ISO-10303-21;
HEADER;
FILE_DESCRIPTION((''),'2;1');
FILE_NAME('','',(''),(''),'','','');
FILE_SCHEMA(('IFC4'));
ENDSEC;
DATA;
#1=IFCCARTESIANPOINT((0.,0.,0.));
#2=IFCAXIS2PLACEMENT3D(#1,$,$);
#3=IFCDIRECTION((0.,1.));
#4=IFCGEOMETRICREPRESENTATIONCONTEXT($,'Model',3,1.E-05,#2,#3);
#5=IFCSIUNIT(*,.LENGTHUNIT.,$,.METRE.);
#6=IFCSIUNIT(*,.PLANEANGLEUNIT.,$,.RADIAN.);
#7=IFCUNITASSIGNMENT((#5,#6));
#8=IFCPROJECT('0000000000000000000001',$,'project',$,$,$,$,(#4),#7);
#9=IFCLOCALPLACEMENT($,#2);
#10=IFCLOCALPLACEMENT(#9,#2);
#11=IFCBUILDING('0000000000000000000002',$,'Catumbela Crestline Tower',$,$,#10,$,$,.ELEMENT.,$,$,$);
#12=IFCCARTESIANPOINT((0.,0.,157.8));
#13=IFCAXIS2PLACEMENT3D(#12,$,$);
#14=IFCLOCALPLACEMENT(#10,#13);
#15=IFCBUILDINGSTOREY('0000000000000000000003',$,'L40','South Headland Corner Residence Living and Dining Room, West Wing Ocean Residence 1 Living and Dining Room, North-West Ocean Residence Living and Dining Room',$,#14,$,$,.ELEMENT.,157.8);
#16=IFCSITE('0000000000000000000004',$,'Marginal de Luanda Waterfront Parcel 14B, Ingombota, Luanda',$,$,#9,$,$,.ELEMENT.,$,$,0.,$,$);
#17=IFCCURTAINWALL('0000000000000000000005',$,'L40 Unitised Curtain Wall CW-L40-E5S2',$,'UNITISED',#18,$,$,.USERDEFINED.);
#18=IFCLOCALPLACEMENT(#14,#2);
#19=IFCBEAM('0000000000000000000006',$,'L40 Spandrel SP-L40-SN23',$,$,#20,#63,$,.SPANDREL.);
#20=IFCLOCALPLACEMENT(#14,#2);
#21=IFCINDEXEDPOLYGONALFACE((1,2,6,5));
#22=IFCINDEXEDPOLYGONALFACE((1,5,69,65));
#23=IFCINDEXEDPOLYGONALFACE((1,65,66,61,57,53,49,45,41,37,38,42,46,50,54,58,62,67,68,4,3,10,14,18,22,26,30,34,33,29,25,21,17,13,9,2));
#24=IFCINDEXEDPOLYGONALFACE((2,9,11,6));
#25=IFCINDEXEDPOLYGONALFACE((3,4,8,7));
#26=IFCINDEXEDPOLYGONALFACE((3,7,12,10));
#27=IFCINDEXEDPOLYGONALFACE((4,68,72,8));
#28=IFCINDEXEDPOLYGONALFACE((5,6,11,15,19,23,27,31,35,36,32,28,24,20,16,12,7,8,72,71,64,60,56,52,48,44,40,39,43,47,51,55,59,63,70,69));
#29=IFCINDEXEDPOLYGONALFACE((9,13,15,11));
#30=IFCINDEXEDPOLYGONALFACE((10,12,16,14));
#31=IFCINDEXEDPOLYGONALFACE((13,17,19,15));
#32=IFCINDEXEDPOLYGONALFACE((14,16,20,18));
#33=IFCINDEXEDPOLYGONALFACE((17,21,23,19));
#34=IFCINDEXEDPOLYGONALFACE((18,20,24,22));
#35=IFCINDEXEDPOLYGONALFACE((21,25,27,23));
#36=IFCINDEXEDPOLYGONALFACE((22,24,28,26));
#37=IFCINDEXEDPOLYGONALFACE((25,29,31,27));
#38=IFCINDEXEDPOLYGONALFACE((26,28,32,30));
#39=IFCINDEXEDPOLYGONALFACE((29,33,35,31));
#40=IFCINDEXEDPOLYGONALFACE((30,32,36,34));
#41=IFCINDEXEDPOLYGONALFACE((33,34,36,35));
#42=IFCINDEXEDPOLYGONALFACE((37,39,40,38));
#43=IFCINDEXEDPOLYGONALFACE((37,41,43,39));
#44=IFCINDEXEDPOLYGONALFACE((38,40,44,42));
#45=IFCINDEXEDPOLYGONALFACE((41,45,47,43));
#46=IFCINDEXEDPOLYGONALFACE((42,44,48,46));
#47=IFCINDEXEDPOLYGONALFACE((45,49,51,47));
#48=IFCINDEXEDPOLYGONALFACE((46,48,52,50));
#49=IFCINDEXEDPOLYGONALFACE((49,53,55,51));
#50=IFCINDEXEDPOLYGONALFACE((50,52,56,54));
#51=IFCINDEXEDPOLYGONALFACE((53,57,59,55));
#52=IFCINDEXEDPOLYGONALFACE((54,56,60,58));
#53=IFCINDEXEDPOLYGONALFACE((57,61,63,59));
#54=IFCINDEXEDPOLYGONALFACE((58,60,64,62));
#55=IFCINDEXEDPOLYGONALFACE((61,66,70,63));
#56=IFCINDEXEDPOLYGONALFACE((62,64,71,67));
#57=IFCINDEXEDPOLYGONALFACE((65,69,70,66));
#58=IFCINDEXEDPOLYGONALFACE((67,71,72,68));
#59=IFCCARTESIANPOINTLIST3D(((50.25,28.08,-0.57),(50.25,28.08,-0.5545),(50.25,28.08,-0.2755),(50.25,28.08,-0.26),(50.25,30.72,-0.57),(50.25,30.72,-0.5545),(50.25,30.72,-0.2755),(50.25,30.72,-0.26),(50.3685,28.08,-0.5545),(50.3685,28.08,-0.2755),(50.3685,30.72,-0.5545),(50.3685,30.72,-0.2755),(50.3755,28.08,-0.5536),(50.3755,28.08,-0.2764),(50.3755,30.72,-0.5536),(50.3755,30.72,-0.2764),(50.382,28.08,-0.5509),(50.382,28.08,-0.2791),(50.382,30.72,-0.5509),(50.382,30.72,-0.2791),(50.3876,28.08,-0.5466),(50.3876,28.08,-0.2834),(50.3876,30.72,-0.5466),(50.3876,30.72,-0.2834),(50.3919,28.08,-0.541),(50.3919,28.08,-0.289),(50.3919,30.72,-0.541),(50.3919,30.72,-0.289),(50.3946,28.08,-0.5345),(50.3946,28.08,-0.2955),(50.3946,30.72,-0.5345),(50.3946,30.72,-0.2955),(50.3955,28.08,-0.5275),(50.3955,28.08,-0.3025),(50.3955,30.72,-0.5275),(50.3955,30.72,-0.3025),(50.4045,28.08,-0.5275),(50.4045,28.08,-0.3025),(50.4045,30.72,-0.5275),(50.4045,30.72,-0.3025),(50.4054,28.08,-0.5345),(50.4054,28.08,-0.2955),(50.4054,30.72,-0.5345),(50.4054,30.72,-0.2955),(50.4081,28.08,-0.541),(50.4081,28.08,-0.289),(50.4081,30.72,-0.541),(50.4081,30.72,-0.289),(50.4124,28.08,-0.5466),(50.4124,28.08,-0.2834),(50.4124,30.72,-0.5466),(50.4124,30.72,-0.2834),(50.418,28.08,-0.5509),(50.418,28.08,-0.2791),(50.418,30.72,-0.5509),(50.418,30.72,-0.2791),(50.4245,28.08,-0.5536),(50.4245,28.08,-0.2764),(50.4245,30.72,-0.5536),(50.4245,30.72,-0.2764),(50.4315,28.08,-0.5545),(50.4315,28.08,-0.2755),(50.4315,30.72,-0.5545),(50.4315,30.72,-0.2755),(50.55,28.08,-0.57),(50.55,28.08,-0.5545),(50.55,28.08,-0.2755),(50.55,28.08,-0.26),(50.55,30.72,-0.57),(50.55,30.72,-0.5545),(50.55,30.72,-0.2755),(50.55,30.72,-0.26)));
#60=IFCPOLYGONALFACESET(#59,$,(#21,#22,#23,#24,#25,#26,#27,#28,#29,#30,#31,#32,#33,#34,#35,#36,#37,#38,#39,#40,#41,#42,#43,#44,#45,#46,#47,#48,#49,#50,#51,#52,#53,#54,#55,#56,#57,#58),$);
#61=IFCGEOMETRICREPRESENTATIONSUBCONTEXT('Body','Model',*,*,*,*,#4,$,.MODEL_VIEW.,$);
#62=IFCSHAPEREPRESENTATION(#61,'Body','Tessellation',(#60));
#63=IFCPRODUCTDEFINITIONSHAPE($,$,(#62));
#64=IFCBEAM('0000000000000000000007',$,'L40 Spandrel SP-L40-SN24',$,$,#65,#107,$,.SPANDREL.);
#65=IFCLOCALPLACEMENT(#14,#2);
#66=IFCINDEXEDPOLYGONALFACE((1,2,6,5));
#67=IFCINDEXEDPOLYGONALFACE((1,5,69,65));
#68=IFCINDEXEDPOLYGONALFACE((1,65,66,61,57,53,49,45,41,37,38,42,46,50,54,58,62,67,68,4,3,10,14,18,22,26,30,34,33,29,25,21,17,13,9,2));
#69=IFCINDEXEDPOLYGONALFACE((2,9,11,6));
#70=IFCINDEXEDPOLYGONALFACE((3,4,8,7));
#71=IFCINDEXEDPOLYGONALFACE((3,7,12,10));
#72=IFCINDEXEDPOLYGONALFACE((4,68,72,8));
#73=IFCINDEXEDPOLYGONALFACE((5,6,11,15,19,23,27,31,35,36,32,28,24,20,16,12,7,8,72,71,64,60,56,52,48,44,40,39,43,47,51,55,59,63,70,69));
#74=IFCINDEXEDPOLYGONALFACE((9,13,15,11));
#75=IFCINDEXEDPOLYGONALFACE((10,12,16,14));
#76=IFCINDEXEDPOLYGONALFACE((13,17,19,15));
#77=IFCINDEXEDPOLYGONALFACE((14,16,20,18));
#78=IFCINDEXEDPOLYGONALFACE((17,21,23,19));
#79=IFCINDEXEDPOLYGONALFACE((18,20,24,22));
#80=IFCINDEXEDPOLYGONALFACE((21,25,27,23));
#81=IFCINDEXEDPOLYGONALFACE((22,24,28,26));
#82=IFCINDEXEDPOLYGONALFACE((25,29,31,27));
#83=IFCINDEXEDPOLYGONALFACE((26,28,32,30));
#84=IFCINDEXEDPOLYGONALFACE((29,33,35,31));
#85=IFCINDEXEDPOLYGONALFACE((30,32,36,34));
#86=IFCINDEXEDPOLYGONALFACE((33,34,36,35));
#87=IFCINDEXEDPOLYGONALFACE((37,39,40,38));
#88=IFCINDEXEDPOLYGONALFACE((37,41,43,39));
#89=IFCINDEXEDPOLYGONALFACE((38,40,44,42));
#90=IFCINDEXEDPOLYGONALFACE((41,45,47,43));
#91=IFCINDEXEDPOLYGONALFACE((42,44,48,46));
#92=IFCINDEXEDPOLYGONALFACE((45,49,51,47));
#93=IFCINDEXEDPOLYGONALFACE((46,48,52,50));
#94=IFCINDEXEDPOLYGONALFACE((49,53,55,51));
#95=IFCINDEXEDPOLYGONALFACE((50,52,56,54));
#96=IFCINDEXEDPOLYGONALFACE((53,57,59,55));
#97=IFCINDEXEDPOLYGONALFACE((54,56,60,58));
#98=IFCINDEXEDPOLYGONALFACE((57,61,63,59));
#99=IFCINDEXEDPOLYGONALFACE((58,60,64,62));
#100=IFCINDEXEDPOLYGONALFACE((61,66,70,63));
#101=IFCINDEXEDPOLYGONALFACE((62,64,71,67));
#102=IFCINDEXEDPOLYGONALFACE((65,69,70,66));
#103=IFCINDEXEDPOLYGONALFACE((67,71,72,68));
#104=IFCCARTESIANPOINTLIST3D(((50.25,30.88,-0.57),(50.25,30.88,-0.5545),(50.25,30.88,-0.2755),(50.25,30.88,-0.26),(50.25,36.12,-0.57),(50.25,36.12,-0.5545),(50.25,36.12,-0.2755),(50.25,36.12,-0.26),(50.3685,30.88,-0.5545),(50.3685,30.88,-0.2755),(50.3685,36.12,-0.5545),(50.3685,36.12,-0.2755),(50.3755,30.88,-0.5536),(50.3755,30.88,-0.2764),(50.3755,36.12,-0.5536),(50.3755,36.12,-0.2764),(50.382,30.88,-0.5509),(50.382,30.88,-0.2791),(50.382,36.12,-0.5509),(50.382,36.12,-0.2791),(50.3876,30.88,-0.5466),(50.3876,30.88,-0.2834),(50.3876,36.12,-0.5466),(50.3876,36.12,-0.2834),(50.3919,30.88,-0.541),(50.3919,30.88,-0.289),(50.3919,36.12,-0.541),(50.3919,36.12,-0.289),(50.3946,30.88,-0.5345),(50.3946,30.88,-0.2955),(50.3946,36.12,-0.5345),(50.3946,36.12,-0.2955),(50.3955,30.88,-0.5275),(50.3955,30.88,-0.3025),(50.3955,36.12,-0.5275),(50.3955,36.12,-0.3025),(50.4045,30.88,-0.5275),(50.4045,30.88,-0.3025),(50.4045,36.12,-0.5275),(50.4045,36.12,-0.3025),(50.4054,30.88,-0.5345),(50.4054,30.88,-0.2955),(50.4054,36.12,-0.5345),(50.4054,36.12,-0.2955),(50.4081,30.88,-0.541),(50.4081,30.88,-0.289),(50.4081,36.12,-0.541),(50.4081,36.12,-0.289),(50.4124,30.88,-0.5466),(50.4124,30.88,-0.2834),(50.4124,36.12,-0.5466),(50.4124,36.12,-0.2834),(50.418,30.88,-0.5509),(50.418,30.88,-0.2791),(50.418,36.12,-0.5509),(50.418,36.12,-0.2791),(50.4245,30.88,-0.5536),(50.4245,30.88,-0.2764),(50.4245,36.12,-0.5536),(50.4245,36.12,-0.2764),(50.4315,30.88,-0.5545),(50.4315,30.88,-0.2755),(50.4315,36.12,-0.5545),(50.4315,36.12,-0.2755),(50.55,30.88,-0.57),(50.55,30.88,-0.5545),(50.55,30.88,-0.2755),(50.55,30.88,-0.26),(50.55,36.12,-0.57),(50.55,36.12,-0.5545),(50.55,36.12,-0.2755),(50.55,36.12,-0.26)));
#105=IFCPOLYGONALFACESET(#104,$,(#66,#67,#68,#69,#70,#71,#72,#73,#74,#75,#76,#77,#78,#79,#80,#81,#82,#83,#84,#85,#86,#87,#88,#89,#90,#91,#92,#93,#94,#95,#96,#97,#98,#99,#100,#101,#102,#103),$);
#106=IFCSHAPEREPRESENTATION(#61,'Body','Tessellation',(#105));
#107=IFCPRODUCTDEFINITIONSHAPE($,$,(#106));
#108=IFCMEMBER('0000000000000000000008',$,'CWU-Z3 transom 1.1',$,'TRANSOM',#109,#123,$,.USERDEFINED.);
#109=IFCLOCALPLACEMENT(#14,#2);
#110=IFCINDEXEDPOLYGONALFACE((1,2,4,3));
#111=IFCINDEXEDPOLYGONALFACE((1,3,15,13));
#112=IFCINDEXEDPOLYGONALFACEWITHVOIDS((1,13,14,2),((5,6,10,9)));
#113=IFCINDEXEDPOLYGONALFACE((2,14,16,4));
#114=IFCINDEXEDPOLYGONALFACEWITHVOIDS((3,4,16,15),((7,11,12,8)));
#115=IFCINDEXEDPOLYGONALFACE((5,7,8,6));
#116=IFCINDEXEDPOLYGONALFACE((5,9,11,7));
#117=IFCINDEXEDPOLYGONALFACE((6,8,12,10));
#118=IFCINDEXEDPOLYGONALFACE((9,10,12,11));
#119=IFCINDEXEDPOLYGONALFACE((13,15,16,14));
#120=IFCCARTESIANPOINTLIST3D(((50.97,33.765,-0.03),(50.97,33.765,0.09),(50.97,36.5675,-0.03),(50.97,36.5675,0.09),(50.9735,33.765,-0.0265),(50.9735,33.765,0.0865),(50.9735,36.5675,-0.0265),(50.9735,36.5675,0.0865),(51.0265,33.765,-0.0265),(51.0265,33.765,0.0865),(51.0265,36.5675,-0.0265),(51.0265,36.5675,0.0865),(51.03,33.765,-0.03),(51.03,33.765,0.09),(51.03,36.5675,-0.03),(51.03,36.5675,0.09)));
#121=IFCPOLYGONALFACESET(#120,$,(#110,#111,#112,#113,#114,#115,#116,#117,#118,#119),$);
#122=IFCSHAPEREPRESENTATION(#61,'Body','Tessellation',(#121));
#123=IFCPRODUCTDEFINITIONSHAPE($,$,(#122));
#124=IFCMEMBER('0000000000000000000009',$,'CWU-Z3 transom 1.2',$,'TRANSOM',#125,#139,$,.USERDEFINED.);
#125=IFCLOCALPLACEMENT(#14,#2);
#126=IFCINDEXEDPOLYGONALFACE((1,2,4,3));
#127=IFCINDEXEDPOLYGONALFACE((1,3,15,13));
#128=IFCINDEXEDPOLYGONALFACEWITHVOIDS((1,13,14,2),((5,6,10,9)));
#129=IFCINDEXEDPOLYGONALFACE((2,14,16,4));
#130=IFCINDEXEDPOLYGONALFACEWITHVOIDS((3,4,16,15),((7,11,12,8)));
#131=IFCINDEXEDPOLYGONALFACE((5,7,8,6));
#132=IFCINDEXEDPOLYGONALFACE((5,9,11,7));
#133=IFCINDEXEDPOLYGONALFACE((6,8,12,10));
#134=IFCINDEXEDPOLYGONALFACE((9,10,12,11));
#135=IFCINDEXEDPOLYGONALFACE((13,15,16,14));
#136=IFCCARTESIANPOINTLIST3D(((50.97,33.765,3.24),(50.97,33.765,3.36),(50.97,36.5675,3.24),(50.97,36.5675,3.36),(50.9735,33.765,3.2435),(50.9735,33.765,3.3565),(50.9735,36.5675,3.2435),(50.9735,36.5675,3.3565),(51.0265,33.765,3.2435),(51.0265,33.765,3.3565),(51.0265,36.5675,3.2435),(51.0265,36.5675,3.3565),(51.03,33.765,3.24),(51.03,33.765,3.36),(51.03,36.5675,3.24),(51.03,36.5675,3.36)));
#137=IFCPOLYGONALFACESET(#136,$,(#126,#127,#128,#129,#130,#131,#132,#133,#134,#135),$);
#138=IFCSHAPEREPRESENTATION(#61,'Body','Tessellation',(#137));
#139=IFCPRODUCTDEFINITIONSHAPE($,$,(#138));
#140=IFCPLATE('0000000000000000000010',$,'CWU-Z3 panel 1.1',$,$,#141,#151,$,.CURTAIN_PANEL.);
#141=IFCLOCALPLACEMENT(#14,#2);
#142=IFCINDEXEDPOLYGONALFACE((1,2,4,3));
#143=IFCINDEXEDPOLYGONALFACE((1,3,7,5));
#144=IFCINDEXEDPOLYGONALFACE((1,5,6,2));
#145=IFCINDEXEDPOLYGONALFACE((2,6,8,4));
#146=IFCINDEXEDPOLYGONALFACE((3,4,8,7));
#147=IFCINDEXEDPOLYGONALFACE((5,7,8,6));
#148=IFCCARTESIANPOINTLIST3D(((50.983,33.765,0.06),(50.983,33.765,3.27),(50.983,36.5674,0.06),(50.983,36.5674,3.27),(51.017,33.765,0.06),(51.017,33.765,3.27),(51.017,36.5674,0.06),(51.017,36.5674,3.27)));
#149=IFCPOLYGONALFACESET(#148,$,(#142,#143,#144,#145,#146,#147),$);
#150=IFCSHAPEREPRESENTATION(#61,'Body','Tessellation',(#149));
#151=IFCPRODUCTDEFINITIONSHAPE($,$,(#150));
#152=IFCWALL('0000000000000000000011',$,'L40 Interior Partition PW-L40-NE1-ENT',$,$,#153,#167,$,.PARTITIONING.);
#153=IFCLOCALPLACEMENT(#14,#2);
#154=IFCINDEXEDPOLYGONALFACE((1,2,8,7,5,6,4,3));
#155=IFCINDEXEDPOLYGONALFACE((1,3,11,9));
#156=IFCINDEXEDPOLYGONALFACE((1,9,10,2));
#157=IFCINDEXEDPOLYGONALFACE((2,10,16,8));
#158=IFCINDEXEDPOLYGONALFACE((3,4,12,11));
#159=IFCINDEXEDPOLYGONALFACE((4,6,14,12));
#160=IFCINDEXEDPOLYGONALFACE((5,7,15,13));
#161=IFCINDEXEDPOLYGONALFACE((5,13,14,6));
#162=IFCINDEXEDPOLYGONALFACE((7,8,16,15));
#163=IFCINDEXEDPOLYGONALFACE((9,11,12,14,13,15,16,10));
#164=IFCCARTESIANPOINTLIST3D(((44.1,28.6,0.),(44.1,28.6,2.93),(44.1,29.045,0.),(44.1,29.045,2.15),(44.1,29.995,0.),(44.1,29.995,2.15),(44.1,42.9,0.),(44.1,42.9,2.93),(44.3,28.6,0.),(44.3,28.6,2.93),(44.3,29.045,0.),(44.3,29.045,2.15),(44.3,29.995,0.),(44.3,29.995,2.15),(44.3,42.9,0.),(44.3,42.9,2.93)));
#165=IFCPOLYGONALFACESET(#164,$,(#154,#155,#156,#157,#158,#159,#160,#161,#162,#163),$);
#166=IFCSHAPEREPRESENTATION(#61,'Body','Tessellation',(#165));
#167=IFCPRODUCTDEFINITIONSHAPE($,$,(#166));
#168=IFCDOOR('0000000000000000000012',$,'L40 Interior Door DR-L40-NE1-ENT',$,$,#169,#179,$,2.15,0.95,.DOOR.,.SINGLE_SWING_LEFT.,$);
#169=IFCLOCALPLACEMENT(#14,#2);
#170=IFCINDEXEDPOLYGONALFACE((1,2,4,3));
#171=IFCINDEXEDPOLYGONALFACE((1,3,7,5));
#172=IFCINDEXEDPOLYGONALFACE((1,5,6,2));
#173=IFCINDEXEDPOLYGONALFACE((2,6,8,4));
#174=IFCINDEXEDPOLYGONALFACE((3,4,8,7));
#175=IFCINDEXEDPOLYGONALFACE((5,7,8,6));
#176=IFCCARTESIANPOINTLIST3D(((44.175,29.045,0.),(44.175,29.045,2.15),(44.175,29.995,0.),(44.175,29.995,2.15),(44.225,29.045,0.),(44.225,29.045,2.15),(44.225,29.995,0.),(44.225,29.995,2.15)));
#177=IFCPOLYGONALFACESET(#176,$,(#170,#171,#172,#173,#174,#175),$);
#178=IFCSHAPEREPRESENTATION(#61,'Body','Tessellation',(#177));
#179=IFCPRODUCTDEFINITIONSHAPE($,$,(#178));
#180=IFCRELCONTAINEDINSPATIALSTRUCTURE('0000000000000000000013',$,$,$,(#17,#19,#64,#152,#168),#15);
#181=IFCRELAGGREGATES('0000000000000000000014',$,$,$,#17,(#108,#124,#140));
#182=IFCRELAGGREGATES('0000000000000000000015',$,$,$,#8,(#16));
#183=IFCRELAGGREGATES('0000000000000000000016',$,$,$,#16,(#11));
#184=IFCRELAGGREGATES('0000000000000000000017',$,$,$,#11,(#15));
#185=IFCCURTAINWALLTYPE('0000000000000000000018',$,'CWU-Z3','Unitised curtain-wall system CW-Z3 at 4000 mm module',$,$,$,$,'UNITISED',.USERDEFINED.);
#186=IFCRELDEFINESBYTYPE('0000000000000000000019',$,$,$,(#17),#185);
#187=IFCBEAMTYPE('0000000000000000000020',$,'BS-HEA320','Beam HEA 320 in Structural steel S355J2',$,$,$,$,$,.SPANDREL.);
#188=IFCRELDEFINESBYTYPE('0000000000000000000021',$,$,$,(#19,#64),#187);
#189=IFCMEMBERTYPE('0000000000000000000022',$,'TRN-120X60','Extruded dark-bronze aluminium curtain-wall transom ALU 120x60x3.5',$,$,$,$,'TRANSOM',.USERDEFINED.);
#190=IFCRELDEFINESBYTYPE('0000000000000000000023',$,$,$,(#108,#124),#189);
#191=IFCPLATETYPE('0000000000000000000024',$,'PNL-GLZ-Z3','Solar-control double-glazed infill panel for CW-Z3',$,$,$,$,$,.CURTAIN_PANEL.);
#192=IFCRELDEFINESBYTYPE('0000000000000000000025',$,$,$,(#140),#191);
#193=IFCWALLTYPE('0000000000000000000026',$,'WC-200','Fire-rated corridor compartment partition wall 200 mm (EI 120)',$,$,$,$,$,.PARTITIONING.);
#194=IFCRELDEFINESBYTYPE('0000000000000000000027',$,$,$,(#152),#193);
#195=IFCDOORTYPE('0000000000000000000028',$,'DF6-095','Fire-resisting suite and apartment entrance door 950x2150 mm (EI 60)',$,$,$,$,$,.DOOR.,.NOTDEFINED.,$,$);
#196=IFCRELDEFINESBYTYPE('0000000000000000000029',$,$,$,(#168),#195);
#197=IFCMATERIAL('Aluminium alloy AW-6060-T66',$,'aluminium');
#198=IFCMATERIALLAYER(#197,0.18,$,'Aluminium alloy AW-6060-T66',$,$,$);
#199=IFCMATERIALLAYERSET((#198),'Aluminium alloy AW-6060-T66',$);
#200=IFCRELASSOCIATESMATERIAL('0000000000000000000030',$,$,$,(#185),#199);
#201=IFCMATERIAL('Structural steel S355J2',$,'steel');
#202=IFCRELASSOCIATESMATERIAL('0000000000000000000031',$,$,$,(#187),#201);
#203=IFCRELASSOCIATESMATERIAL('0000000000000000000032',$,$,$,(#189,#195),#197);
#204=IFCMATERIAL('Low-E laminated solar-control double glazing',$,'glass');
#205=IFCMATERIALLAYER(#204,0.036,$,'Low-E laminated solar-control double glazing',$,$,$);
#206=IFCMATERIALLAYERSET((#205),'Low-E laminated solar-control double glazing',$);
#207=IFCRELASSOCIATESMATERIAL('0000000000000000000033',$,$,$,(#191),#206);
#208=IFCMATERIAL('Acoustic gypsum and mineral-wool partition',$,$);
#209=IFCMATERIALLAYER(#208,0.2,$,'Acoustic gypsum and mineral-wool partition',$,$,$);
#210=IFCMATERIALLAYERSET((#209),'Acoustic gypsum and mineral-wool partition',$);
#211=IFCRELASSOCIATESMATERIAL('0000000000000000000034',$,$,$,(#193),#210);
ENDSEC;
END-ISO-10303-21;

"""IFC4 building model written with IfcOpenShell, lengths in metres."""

from ifc_helpers import new_model, si_unit, direction, frame, frame_2d, origin, origin_2d, place, context, subcontext, project, spatial, rectangle, hollow_rectangle, i_section, extrude, material, layer, layer_set, material_profile, profile_set, type_object, element, fill, aggregate, save


model = new_model("IFC4")

# Units and contexts
model_context = context("Model", 3, precision=1e-05, world=origin(), true_north=direction((0.0, 1.0)))
body_context = subcontext(model_context, "Body", "Model", "MODEL_VIEW")
ifc_project = project(units=[si_unit("LENGTHUNIT", "METRE"), si_unit("PLANEANGLEUNIT", "RADIAN")], contexts=[model_context])

# Site, building, storey
site_placement = place(None, origin())
site = spatial("IfcSite", under=ifc_project, at=site_placement, Name="Marginal de Luanda Waterfront Parcel 14B, Ingombota, Luanda", CompositionType="ELEMENT", RefElevation=0.0)
building_placement = place(site_placement, origin())
building = spatial("IfcBuilding", under=site, at=building_placement, Name="Catumbela Crestline Tower", CompositionType="ELEMENT")
storey_placement = place(building_placement, frame((0.0, 0.0, 157.8)))
storey = spatial("IfcBuildingStorey", under=building, at=storey_placement, Name="L40", Description="South Headland Corner Residence Living and Dining Room, West Wing Ocean Residence 1 Living and Dining Room, North-West Ocean Residence Living and Dining Room", CompositionType="ELEMENT", Elevation=157.8)

# Shared definitions
ifc_material_1 = material(Name="Structural steel S355J2", Category="steel")

# Curtain wall
ifc_material_2 = material(Name="Aluminium alloy AW-6060-T66", Category="aluminium")
ifc_layer_1 = layer(ifc_material_2, 0.18, Name="Aluminium alloy AW-6060-T66")
ifc_layer_set_1 = layer_set([ifc_layer_1], Name="Aluminium alloy AW-6060-T66")
curtain_wall_type = type_object("IfcCurtainWallType", Name="CWU-Z3", Description="Unitised curtain-wall system CW-Z3 at 4000 mm module", ElementType="UNITISED", PredefinedType="USERDEFINED", material=ifc_layer_set_1)
curtain_wall_placement = place(storey_placement, origin())
curtain_wall = element("IfcCurtainWall", 1, at=curtain_wall_placement, inside=storey, type_object=curtain_wall_type, Name="L40 Unitised Curtain Wall CW-L40-E5S2", ObjectType="UNITISED", PredefinedType="USERDEFINED")

# Beams
ifc_material_profile_1 = material_profile(ifc_material_1, i_section(OverallWidth=0.3, OverallDepth=0.31, WebThickness=0.009, FlangeThickness=0.0155, FilletRadius=0.027, at=origin_2d()), Name="HEA 320")
ifc_profile_set_1 = profile_set([ifc_material_profile_1], Name="Structural steel S355J2")
beam_type_1 = type_object("IfcBeamType", Name="BS-HEA320", Description="Beam HEA 320 in Structural steel S355J2", PredefinedType="SPANDREL", material=ifc_profile_set_1)
beam_1_placement = place(storey_placement, frame((50.4, 28.08, -0.415), z_axis=(0.0, 1.0, 0.0), x_axis=(-1.0, 0.0, 0.0)))
element("IfcBeam", 2, at=beam_1_placement, inside=storey, type_object=beam_type_1, Name="L40 Spandrel SP-L40-SN23", PredefinedType="SPANDREL", context=body_context, shape_type="SweptSolid", body=[
    extrude(i_section(OverallWidth=0.3, OverallDepth=0.31, WebThickness=0.009, FlangeThickness=0.0155, FilletRadius=0.027, at=origin_2d()), origin(), (0.0, 0.0, 1.0), 2.64),
])
beam_2_placement = place(storey_placement, frame((50.4, 30.88, -0.415), z_axis=(0.0, 1.0, 0.0), x_axis=(-1.0, 0.0, 0.0)))
element("IfcBeam", 3, at=beam_2_placement, inside=storey, type_object=beam_type_1, Name="L40 Spandrel SP-L40-SN24", PredefinedType="SPANDREL", context=body_context, shape_type="SweptSolid", body=[
    extrude(i_section(OverallWidth=0.3, OverallDepth=0.31, WebThickness=0.009, FlangeThickness=0.0155, FilletRadius=0.027, at=origin_2d()), origin(), (0.0, 0.0, 1.0), 5.24),
])

# Members
ifc_material_profile_2 = material_profile(ifc_material_2, hollow_rectangle(XDim=0.06, YDim=0.12, WallThickness=0.0035, at=origin_2d()), Name="ALU 120x60x3.5")
ifc_profile_set_2 = profile_set([ifc_material_profile_2], Name="Aluminium alloy AW-6060-T66")
member_type_1 = type_object("IfcMemberType", Name="TRN-120X60", Description="Extruded dark-bronze aluminium curtain-wall transom ALU 120x60x3.5", ElementType="TRANSOM", PredefinedType="USERDEFINED", material=ifc_profile_set_2)
member_1_placement = place(storey_placement, frame((51.0, 33.765, 0.03), z_axis=(0.0, 1.0, 0.0), x_axis=(-1.0, 0.0, 0.0)))
member_1 = element("IfcMember", 4, at=member_1_placement, type_object=member_type_1, Name="CWU-Z3 transom 1.1", ObjectType="TRANSOM", PredefinedType="USERDEFINED", context=body_context, shape_type="SweptSolid", body=[
    extrude(hollow_rectangle(XDim=0.06, YDim=0.12, WallThickness=0.0035, at=origin_2d()), origin(), (0.0, 0.0, 1.0), 2.8025),
])
member_2_placement = place(storey_placement, frame((51.0, 33.765, 3.3), z_axis=(0.0, 1.0, 0.0), x_axis=(-1.0, 0.0, 0.0)))
member_2 = element("IfcMember", 5, at=member_2_placement, type_object=member_type_1, Name="CWU-Z3 transom 1.2", ObjectType="TRANSOM", PredefinedType="USERDEFINED", context=body_context, shape_type="SweptSolid", body=[
    extrude(hollow_rectangle(XDim=0.06, YDim=0.12, WallThickness=0.0035, at=origin_2d()), origin(), (0.0, 0.0, 1.0), 2.8025),
])

# Plate
ifc_material_3 = material(Name="Low-E laminated solar-control double glazing", Category="glass")
ifc_layer_2 = layer(ifc_material_3, 0.036, Name="Low-E laminated solar-control double glazing")
ifc_layer_set_2 = layer_set([ifc_layer_2], Name="Low-E laminated solar-control double glazing")
plate_type = type_object("IfcPlateType", Name="PNL-GLZ-Z3", Description="Solar-control double-glazed infill panel for CW-Z3", PredefinedType="CURTAIN_PANEL", material=ifc_layer_set_2)
plate_placement = place(storey_placement, frame((51.0, 35.1662, 0.06), z_axis=(0.0, 0.0, 1.0), x_axis=(0.0, 1.0, 0.0)))
plate = element("IfcPlate", 6, at=plate_placement, type_object=plate_type, Name="CWU-Z3 panel 1.1", PredefinedType="CURTAIN_PANEL", context=body_context, shape_type="SweptSolid", body=[
    extrude(rectangle(XDim=2.8025, YDim=0.034, at=origin_2d()), origin(), (0.0, 0.0, 1.0), 3.21),
])
aggregate(curtain_wall, [member_1, member_2, plate])

# Wall, opening, door
ifc_material_4 = material(Name="Acoustic gypsum and mineral-wool partition")
ifc_layer_3 = layer(ifc_material_4, 0.2, Name="Acoustic gypsum and mineral-wool partition")
ifc_layer_set_3 = layer_set([ifc_layer_3], Name="Acoustic gypsum and mineral-wool partition")
wall_type_1 = type_object("IfcWallType", Name="WC-200", Description="Fire-rated corridor compartment partition wall 200 mm (EI 120)", PredefinedType="PARTITIONING", material=ifc_layer_set_3)
wall_1_placement = place(storey_placement, frame((44.2, 28.6, 0.0), z_axis=(0.0, 0.0, 1.0), x_axis=(0.0, 1.0, 0.0)))
wall_1 = element("IfcWall", 7, at=wall_1_placement, inside=storey, type_object=wall_type_1, Name="L40 Interior Partition PW-L40-NE1-ENT", PredefinedType="PARTITIONING", context=body_context, shape_type="SweptSolid", body=[
    extrude(rectangle(XDim=14.3, YDim=0.2, at=frame_2d((7.15, 0.0))), origin(), (0.0, 0.0, 1.0), 2.93),
])
opening_1_placement = place(wall_1_placement, frame((0.445, 0.0, 0.0)))
opening_1 = element("IfcOpeningElement", 8, at=opening_1_placement, cuts=wall_1, PredefinedType="OPENING", context=body_context, shape_type="SweptSolid", body=[
    extrude(rectangle(XDim=0.95, YDim=2.15, at=frame_2d((0.475, 1.075))), frame((0.0, 0.11, 0.0), z_axis=(0.0, -1.0, 0.0), x_axis=(1.0, 0.0, 0.0)), (0.0, 0.0, 1.0), 0.22),
])
door_type_1 = type_object("IfcDoorType", Name="DF6-095", Description="Fire-resisting suite and apartment entrance door 950x2150 mm (EI 60)", OperationType="NOTDEFINED", PredefinedType="DOOR", material=ifc_material_2)
door_1_placement = place(opening_1_placement, origin())
door_1 = element("IfcDoor", 9, at=door_1_placement, inside=storey, type_object=door_type_1, Name="L40 Interior Door DR-L40-NE1-ENT", OperationType="SINGLE_SWING_LEFT", OverallHeight=2.15, OverallWidth=0.95, PredefinedType="DOOR", context=body_context, shape_type="SweptSolid", body=[
    extrude(rectangle(XDim=0.95, YDim=2.15, at=frame_2d((0.475, 1.075))), frame((0.0, 0.025, 0.0), z_axis=(0.0, -1.0, 0.0), x_axis=(1.0, 0.0, 0.0)), (0.0, 0.0, 1.0), 0.05),
])
fill(opening_1, door_1)

save(model, "model.ifc")
